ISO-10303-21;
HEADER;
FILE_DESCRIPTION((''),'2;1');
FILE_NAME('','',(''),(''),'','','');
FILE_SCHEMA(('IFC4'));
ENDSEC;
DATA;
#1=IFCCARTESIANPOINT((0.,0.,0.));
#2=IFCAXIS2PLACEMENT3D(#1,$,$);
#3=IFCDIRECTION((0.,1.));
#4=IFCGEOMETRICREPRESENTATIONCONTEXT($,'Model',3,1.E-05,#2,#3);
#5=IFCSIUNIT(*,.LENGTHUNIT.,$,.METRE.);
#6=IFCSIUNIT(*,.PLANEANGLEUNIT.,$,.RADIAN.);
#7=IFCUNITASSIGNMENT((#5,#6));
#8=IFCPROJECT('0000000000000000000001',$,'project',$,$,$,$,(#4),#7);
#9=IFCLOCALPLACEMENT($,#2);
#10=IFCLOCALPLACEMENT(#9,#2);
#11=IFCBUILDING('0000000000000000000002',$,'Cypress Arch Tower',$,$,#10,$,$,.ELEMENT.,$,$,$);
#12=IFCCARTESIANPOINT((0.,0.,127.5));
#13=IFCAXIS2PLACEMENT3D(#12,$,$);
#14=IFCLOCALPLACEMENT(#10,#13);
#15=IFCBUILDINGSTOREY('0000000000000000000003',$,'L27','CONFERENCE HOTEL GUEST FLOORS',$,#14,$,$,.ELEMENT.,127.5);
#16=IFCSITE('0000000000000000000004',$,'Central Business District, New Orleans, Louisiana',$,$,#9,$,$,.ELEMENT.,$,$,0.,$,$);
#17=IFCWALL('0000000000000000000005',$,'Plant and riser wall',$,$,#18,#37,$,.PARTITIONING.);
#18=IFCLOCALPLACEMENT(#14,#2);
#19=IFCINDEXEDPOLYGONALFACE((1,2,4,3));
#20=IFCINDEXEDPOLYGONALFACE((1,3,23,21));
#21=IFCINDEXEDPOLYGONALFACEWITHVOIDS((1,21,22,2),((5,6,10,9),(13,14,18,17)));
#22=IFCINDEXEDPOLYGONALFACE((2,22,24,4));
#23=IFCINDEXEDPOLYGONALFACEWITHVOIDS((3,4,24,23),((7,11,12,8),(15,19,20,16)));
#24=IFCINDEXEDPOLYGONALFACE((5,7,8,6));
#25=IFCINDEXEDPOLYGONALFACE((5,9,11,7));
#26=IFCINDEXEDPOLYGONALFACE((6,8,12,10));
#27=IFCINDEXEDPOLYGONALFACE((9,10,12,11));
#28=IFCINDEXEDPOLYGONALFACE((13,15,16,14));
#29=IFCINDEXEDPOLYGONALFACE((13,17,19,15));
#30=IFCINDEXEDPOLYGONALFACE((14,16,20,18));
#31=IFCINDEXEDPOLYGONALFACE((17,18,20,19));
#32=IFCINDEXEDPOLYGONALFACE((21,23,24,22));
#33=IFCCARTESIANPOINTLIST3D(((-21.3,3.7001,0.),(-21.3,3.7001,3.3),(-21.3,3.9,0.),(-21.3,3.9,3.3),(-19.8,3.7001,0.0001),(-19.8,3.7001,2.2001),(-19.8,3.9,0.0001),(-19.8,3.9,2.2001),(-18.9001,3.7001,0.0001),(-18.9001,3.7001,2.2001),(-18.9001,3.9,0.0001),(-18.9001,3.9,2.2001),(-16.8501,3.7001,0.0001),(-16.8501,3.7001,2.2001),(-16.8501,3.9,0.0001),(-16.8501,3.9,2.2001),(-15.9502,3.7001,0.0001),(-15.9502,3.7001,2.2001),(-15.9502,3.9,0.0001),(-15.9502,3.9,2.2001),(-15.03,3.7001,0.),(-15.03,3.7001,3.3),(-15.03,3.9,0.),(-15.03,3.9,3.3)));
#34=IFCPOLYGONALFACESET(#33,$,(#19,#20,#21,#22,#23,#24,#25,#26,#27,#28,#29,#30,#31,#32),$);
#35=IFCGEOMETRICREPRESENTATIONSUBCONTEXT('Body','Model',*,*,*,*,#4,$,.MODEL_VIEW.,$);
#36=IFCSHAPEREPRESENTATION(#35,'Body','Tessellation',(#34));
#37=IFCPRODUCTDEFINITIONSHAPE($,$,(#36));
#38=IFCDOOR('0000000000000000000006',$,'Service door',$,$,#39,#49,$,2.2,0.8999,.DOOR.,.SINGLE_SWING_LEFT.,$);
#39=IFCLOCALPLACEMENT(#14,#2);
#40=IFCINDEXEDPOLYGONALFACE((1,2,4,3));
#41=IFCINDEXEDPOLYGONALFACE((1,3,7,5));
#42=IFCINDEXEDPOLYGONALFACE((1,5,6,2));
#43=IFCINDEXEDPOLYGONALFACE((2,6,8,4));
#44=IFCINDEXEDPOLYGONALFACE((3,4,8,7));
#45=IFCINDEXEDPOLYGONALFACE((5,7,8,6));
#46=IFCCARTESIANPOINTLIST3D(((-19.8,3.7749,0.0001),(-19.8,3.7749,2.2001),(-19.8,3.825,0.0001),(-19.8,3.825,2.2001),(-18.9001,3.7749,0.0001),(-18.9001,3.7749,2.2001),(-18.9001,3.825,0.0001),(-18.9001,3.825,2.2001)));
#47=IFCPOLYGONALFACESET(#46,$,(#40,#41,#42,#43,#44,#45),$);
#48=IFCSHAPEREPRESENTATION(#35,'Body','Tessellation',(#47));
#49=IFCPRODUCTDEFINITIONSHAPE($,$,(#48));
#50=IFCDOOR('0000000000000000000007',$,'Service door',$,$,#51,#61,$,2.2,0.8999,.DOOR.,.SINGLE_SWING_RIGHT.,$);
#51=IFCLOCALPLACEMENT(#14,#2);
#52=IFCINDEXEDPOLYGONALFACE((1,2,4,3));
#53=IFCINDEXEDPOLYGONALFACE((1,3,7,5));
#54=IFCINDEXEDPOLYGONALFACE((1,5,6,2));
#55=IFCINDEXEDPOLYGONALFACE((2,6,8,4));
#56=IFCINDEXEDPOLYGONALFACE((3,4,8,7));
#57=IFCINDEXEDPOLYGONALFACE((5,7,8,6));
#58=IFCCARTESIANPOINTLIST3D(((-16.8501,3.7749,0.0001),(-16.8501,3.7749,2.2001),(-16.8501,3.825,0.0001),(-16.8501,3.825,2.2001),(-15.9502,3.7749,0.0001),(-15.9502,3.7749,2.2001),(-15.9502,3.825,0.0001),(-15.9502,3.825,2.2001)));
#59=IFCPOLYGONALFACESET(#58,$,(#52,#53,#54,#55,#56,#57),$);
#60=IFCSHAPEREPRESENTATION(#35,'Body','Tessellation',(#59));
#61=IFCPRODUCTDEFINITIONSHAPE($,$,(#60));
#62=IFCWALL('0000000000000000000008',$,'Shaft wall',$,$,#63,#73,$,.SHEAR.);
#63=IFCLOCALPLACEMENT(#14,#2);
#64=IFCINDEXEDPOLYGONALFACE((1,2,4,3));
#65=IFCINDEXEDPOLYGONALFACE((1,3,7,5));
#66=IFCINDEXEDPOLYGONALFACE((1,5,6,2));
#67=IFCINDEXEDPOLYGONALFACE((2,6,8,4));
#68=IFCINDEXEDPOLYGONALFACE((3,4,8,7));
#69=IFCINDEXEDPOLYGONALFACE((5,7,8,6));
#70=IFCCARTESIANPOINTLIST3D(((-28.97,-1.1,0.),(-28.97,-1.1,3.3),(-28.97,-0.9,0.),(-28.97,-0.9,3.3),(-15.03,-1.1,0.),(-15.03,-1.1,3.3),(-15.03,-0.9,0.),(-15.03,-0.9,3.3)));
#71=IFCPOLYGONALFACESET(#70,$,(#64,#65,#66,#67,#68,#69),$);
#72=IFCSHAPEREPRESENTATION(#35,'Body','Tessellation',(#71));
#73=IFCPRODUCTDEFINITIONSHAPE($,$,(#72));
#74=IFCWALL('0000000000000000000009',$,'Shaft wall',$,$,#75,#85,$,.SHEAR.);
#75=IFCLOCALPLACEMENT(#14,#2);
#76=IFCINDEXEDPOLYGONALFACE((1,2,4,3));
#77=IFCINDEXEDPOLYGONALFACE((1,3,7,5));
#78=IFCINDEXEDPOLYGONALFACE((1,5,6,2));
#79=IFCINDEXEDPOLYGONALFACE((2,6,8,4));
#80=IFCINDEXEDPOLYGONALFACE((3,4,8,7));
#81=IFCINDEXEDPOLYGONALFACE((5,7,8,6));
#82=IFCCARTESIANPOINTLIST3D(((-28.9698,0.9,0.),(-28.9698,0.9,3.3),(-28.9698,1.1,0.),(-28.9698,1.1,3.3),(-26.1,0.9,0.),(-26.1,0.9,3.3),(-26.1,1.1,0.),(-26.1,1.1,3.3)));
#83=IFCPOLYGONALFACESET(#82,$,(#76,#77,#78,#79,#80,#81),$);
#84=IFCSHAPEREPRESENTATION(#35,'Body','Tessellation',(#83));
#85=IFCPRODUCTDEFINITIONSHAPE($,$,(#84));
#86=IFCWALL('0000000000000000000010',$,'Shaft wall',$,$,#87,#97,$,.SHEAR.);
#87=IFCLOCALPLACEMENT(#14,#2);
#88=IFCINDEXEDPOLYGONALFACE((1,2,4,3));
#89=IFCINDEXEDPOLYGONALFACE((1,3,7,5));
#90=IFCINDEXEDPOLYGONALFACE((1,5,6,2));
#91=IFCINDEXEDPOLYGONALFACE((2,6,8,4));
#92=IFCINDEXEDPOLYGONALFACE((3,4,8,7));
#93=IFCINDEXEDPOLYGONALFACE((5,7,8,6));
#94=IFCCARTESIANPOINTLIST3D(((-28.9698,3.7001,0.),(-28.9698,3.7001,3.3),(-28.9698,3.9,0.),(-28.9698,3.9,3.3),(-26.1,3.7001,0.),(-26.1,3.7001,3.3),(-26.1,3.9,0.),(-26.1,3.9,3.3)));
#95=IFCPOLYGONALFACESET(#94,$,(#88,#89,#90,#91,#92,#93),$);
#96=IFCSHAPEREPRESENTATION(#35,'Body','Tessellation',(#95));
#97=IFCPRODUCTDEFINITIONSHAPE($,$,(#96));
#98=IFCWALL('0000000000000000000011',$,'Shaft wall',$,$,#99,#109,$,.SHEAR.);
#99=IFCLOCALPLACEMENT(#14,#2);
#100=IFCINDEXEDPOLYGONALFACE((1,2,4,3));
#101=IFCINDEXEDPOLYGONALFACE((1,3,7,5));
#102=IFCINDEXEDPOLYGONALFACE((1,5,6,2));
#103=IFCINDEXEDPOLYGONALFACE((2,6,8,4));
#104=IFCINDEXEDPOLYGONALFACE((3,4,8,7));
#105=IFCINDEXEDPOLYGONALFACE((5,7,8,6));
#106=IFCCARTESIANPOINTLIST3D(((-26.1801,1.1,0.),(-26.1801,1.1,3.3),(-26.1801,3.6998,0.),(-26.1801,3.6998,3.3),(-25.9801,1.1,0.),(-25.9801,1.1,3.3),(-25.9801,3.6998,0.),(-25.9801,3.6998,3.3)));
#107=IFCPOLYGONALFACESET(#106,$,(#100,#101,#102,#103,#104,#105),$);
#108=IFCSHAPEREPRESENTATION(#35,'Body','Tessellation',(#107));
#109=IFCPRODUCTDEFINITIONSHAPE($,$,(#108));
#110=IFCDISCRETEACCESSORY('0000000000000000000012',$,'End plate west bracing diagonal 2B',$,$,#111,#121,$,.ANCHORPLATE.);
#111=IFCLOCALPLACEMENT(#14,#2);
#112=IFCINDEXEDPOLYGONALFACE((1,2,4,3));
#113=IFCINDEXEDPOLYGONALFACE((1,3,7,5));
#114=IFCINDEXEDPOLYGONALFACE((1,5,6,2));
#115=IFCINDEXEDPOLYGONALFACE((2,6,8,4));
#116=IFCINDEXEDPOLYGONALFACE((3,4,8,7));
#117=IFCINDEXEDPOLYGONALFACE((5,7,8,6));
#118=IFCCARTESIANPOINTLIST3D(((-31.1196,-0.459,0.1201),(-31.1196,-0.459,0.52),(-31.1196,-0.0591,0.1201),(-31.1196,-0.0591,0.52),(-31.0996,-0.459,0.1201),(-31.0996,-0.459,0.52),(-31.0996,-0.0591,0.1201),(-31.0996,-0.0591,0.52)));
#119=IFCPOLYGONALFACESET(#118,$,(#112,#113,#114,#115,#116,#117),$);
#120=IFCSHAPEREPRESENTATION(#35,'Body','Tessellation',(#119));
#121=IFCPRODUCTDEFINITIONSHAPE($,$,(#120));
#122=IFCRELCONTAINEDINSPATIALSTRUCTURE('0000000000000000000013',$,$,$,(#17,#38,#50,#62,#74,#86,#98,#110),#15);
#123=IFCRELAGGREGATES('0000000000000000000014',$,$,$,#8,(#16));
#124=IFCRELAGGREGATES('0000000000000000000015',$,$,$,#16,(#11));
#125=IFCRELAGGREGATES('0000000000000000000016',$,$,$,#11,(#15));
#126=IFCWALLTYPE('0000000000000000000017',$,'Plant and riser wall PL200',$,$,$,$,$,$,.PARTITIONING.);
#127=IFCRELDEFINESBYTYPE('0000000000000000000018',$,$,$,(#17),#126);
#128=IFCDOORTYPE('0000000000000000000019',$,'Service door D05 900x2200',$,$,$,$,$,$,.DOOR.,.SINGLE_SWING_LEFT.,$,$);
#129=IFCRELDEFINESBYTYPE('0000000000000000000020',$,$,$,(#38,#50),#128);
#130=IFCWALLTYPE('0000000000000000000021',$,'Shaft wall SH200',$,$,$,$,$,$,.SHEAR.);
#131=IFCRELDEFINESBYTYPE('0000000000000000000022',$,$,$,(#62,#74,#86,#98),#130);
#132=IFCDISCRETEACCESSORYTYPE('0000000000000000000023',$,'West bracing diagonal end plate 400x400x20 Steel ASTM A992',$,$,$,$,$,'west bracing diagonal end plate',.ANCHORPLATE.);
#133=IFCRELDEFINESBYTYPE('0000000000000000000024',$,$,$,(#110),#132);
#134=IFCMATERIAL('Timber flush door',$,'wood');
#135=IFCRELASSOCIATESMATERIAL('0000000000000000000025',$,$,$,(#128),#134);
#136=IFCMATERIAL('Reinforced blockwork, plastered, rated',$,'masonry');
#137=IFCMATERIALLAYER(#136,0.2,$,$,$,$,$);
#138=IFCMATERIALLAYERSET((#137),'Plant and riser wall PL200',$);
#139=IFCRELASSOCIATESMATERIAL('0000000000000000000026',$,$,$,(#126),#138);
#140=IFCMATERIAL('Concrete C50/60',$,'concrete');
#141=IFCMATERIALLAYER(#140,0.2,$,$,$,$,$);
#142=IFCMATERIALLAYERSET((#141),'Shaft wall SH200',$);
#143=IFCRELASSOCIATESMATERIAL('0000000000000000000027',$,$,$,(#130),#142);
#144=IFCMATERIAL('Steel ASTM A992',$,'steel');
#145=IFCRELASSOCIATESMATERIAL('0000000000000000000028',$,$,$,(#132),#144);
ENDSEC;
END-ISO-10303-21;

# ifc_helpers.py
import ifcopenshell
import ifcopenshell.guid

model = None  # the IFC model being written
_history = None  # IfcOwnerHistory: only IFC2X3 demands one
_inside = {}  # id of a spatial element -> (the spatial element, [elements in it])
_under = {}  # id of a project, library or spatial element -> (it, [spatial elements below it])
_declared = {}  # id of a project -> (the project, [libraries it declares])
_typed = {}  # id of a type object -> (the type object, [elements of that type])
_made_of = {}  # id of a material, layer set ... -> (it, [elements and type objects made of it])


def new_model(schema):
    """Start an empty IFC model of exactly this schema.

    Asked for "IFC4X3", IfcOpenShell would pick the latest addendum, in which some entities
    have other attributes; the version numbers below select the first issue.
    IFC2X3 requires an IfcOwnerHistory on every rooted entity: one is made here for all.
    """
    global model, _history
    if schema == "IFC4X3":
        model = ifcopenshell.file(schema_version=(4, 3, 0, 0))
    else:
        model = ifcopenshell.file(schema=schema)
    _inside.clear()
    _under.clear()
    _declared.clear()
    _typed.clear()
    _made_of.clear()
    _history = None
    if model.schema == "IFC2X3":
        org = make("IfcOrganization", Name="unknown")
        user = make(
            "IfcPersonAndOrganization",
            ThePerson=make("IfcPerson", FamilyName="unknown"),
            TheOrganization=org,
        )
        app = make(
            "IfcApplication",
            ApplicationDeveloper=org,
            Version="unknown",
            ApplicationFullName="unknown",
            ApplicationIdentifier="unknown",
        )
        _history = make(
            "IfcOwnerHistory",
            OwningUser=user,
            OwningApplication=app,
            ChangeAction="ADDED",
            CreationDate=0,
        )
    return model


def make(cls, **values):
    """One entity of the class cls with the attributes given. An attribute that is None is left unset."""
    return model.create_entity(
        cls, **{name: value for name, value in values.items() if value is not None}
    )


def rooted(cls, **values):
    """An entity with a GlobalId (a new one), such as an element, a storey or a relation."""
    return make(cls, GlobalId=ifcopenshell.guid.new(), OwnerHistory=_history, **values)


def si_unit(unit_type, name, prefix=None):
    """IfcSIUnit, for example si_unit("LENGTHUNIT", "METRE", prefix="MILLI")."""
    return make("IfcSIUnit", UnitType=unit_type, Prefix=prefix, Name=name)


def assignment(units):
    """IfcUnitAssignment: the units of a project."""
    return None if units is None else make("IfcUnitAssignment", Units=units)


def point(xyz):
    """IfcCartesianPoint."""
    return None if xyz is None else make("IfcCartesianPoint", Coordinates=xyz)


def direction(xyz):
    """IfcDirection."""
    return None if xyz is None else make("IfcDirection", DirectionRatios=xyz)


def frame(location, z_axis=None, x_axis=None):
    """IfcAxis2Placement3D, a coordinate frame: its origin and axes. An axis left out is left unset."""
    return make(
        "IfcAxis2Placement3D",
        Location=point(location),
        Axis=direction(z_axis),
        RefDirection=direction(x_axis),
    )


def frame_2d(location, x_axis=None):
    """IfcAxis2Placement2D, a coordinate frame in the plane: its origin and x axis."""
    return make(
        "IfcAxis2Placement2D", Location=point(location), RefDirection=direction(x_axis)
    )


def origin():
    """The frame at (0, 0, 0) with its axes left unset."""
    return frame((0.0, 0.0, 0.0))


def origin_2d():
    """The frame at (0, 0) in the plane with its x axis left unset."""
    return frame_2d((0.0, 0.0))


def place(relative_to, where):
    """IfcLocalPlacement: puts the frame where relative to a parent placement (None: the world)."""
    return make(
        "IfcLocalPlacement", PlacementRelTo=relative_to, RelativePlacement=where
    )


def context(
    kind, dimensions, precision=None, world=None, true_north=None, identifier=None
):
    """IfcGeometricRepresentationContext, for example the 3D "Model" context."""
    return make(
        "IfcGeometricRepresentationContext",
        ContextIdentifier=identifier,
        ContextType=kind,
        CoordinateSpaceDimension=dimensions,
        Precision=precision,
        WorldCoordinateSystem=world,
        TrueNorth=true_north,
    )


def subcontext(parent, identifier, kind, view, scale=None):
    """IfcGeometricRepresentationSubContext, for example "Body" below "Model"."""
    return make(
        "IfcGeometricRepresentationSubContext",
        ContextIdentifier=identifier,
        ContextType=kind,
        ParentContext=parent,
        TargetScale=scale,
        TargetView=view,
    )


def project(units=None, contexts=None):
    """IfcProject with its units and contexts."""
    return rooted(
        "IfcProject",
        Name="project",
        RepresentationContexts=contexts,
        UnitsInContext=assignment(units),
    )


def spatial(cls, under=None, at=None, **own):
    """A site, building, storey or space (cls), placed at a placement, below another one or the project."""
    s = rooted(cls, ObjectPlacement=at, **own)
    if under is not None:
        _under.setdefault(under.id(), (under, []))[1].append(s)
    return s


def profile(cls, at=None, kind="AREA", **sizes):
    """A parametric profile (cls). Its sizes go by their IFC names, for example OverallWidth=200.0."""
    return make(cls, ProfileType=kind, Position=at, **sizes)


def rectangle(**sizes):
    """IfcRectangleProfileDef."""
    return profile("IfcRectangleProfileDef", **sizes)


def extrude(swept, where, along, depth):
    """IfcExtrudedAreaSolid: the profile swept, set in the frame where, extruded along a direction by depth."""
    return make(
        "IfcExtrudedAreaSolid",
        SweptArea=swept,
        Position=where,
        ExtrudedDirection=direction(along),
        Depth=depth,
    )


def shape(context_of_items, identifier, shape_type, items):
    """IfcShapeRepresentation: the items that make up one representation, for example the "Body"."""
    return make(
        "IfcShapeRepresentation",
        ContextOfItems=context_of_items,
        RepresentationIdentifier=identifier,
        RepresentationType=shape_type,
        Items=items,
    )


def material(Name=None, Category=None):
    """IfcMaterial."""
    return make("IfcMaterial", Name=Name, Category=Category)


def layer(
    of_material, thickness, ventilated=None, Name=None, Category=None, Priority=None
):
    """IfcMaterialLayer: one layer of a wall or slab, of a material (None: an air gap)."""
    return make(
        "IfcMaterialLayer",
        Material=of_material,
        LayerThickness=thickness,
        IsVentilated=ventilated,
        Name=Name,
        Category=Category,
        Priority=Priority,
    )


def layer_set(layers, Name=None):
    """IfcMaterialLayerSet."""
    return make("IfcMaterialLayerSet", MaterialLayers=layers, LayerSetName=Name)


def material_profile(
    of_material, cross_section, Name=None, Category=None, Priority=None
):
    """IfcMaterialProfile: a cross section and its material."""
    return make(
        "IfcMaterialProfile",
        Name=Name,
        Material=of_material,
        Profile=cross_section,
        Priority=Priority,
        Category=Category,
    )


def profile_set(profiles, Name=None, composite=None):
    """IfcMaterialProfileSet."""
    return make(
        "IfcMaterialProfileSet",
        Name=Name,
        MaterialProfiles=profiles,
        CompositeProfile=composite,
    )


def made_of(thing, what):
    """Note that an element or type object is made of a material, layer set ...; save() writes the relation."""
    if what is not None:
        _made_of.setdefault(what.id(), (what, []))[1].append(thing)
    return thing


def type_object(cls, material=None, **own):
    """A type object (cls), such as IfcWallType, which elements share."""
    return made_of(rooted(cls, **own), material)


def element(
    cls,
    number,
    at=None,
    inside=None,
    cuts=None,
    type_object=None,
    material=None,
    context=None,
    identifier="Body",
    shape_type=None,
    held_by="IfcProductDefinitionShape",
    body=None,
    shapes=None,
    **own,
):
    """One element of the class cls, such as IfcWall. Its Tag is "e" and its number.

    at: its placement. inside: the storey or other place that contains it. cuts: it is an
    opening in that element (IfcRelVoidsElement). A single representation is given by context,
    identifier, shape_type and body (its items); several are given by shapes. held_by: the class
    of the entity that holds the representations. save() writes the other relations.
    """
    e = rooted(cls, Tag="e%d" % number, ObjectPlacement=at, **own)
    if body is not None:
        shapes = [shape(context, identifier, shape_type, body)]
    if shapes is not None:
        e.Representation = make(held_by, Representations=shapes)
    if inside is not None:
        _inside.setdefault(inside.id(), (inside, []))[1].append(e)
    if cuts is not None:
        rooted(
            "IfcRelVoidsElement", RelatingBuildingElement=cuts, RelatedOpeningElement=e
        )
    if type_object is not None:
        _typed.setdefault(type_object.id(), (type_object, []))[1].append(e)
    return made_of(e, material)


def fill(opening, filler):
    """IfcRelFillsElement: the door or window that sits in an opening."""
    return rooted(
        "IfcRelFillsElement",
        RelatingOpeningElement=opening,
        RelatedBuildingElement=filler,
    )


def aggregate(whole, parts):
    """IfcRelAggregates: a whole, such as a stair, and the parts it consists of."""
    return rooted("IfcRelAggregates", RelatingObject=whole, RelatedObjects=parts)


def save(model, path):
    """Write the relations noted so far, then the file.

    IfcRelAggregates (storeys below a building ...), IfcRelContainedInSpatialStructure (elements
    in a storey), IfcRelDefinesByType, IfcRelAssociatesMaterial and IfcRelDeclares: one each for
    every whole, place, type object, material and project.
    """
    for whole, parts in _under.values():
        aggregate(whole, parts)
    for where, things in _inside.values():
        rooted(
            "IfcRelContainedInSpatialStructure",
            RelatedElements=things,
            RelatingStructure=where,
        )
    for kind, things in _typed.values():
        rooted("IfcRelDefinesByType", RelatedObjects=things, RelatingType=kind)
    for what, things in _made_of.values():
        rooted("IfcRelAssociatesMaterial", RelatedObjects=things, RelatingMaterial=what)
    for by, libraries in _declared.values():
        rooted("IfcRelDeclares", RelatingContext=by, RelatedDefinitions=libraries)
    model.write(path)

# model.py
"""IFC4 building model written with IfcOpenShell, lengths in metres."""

from ifc_helpers import new_model, si_unit, direction, frame, frame_2d, origin, origin_2d, place, context, subcontext, project, spatial, rectangle, extrude, material, layer, layer_set, material_profile, profile_set, type_object, element, fill, save


model = new_model("IFC4")

# Units and contexts
model_context = context("Model", 3, precision=1e-05, world=origin(), true_north=direction((0.0, 1.0)))
body_context = subcontext(model_context, "Body", "Model", "MODEL_VIEW")
ifc_project = project(units=[si_unit("LENGTHUNIT", "METRE"), si_unit("PLANEANGLEUNIT", "RADIAN")], contexts=[model_context])

# Site, building, storey
site_placement = place(None, origin())
site = spatial("IfcSite", under=ifc_project, at=site_placement, Name="Central Business District, New Orleans, Louisiana", CompositionType="ELEMENT", RefElevation=0.0)
building_placement = place(site_placement, origin())
building = spatial("IfcBuilding", under=site, at=building_placement, Name="Cypress Arch Tower", CompositionType="ELEMENT")
storey_placement = place(building_placement, frame((0.0, 0.0, 127.5)))
storey = spatial("IfcBuildingStorey", under=building, at=storey_placement, Name="L27", Description="CONFERENCE HOTEL GUEST FLOORS", CompositionType="ELEMENT", Elevation=127.5)

# Shared definitions
ifc_material_1 = material(Name="Timber flush door", Category="wood")
door_type = type_object("IfcDoorType", Name="Service door D05 900x2200", OperationType="SINGLE_SWING_LEFT", PredefinedType="DOOR", material=ifc_material_1)

# Shared definitions
ifc_material_2 = material(Name="Reinforced blockwork, plastered, rated", Category="masonry")
ifc_layer_1 = layer(ifc_material_2, 0.2)
ifc_layer_set_1 = layer_set([ifc_layer_1], Name="Plant and riser wall PL200")
wall_type_1 = type_object("IfcWallType", Name="Plant and riser wall PL200", PredefinedType="PARTITIONING", material=ifc_layer_set_1)

# Wall, openings, doors
wall_1_placement = place(storey_placement, frame((-21.3, 3.8, 0.0), z_axis=(0.0, 0.0, 1.0), x_axis=(1.0, 0.0, 0.0)))
wall_1 = element("IfcWall", 1, at=wall_1_placement, inside=storey, type_object=wall_type_1, Name="Plant and riser wall", PredefinedType="PARTITIONING", context=body_context, shape_type="SweptSolid", body=[
    extrude(rectangle(XDim=6.27, YDim=0.2, at=frame_2d((3.135, 0.0))), origin(), (0.0, 0.0, 1.0), 3.3),
])
opening_1_placement = place(wall_1_placement, frame((1.5, 0.0, 0.0)))
opening_1 = element("IfcOpeningElement", 2, at=opening_1_placement, cuts=wall_1, PredefinedType="OPENING", context=body_context, shape_type="SweptSolid", body=[
    extrude(rectangle(XDim=0.8999, YDim=2.2, at=frame_2d((0.45, 1.1001))), frame((0.0, 0.1099, 0.0), z_axis=(0.0, -1.0, 0.0), x_axis=(1.0, 0.0, 0.0)), (0.0, 0.0, 1.0), 0.22),
])
opening_2_placement = place(wall_1_placement, frame((4.45, 0.0, 0.0)))
opening_2 = element("IfcOpeningElement", 3, at=opening_2_placement, cuts=wall_1, PredefinedType="OPENING", context=body_context, shape_type="SweptSolid", body=[
    extrude(rectangle(XDim=0.8999, YDim=2.2, at=frame_2d((0.45, 1.1001))), frame((0.0, 0.1099, 0.0), z_axis=(0.0, -1.0, 0.0), x_axis=(1.0, 0.0, 0.0)), (0.0, 0.0, 1.0), 0.22),
])
door_1_placement = place(opening_1_placement, origin())
door_1 = element("IfcDoor", 4, at=door_1_placement, inside=storey, type_object=door_type, Name="Service door", OperationType="SINGLE_SWING_LEFT", OverallHeight=2.2, OverallWidth=0.8999, PredefinedType="DOOR", context=body_context, shape_type="SweptSolid", body=[
    extrude(rectangle(XDim=0.8999, YDim=2.2, at=frame_2d((0.45, 1.1001))), frame((0.0, 0.0249, 0.0), z_axis=(0.0, -1.0, 0.0), x_axis=(1.0, 0.0, 0.0)), (0.0, 0.0, 1.0), 0.05),
])
fill(opening_1, door_1)
door_2_placement = place(opening_2_placement, origin())
door_2 = element("IfcDoor", 5, at=door_2_placement, inside=storey, type_object=door_type, Name="Service door", OperationType="SINGLE_SWING_RIGHT", OverallHeight=2.2, OverallWidth=0.8999, PredefinedType="DOOR", context=body_context, shape_type="SweptSolid", body=[
    extrude(rectangle(XDim=0.8999, YDim=2.2, at=frame_2d((0.45, 1.1001))), frame((0.0, 0.0249, 0.0), z_axis=(0.0, -1.0, 0.0), x_axis=(1.0, 0.0, 0.0)), (0.0, 0.0, 1.0), 0.05),
])
fill(opening_2, door_2)

# Walls
ifc_material_3 = material(Name="Concrete C50/60", Category="concrete")
ifc_layer_2 = layer(ifc_material_3, 0.2)
ifc_layer_set_2 = layer_set([ifc_layer_2], Name="Shaft wall SH200")
wall_type_2 = type_object("IfcWallType", Name="Shaft wall SH200", PredefinedType="SHEAR", material=ifc_layer_set_2)
wall_2_placement = place(storey_placement, frame((-28.97, -1.0, 0.0), z_axis=(0.0, 0.0, 1.0), x_axis=(1.0, 0.0, 0.0)))
element("IfcWall", 6, at=wall_2_placement, inside=storey, type_object=wall_type_2, Name="Shaft wall", PredefinedType="SHEAR", context=body_context, shape_type="SweptSolid", body=[
    extrude(rectangle(XDim=13.9399, YDim=0.2, at=frame_2d((6.97, 0.0))), origin(), (0.0, 0.0, 1.0), 3.3),
])
for number, where, z_axis, x_axis, name in (
    (7, (-28.97, 1.0, 0.0), (0.0, 0.0, 1.0), (1.0, 0.0, 0.0), "Shaft wall"),
    (8, (-28.97, 3.8, 0.0), (0.0, 0.0, 1.0), (1.0, 0.0, 0.0), "Shaft wall"),
):
    element("IfcWall", number, at=place(storey_placement, frame(where, z_axis=z_axis, x_axis=x_axis)), inside=storey, type_object=wall_type_2, Name=name, PredefinedType="SHEAR", context=body_context, shape_type="SweptSolid", body=[
        extrude(rectangle(XDim=2.8699, YDim=0.2, at=frame_2d((1.4351, 0.0))), origin(), (0.0, 0.0, 1.0), 3.3),
    ])
wall_3_placement = place(storey_placement, frame((-26.0801, 1.1001, 0.0), z_axis=(0.0, 0.0, 1.0), x_axis=(0.0, 1.0, 0.0)))
element("IfcWall", 9, at=wall_3_placement, inside=storey, type_object=wall_type_2, Name="Shaft wall", PredefinedType="SHEAR", context=body_context, shape_type="SweptSolid", body=[
    extrude(rectangle(XDim=2.5999, YDim=0.2, at=frame_2d((1.2998, 0.0))), origin(), (0.0, 0.0, 1.0), 3.3),
])

# Discrete accessory
ifc_material_4 = material(Name="Steel ASTM A992", Category="steel")
ifc_material_profile = material_profile(ifc_material_4, rectangle(XDim=0.3999, YDim=0.3999, at=origin_2d()), Name="PL 20 400x400")
ifc_profile_set = profile_set([ifc_material_profile], Name="Steel ASTM A992")
discrete_accessory_type = type_object("IfcDiscreteAccessoryType", Name="West bracing diagonal end plate 400x400x20 Steel ASTM A992", ElementType="west bracing diagonal end plate", PredefinedType="ANCHORPLATE", material=ifc_profile_set)
discrete_accessory_placement = place(storey_placement, frame((-31.0996, -0.259, 0.3201), z_axis=(-1.0, 0.0, 0.0), x_axis=(0.0, -1.0, 0.0)))
element("IfcDiscreteAccessory", 10, at=discrete_accessory_placement, inside=storey, type_object=discrete_accessory_type, Name="End plate west bracing diagonal 2B", PredefinedType="ANCHORPLATE", context=body_context, shape_type="SweptSolid", body=[
    extrude(rectangle(XDim=0.3999, YDim=0.3999, at=origin_2d()), origin(), (0.0, 0.0, 1.0), 0.02),
])

save(model, "model.ifc")
